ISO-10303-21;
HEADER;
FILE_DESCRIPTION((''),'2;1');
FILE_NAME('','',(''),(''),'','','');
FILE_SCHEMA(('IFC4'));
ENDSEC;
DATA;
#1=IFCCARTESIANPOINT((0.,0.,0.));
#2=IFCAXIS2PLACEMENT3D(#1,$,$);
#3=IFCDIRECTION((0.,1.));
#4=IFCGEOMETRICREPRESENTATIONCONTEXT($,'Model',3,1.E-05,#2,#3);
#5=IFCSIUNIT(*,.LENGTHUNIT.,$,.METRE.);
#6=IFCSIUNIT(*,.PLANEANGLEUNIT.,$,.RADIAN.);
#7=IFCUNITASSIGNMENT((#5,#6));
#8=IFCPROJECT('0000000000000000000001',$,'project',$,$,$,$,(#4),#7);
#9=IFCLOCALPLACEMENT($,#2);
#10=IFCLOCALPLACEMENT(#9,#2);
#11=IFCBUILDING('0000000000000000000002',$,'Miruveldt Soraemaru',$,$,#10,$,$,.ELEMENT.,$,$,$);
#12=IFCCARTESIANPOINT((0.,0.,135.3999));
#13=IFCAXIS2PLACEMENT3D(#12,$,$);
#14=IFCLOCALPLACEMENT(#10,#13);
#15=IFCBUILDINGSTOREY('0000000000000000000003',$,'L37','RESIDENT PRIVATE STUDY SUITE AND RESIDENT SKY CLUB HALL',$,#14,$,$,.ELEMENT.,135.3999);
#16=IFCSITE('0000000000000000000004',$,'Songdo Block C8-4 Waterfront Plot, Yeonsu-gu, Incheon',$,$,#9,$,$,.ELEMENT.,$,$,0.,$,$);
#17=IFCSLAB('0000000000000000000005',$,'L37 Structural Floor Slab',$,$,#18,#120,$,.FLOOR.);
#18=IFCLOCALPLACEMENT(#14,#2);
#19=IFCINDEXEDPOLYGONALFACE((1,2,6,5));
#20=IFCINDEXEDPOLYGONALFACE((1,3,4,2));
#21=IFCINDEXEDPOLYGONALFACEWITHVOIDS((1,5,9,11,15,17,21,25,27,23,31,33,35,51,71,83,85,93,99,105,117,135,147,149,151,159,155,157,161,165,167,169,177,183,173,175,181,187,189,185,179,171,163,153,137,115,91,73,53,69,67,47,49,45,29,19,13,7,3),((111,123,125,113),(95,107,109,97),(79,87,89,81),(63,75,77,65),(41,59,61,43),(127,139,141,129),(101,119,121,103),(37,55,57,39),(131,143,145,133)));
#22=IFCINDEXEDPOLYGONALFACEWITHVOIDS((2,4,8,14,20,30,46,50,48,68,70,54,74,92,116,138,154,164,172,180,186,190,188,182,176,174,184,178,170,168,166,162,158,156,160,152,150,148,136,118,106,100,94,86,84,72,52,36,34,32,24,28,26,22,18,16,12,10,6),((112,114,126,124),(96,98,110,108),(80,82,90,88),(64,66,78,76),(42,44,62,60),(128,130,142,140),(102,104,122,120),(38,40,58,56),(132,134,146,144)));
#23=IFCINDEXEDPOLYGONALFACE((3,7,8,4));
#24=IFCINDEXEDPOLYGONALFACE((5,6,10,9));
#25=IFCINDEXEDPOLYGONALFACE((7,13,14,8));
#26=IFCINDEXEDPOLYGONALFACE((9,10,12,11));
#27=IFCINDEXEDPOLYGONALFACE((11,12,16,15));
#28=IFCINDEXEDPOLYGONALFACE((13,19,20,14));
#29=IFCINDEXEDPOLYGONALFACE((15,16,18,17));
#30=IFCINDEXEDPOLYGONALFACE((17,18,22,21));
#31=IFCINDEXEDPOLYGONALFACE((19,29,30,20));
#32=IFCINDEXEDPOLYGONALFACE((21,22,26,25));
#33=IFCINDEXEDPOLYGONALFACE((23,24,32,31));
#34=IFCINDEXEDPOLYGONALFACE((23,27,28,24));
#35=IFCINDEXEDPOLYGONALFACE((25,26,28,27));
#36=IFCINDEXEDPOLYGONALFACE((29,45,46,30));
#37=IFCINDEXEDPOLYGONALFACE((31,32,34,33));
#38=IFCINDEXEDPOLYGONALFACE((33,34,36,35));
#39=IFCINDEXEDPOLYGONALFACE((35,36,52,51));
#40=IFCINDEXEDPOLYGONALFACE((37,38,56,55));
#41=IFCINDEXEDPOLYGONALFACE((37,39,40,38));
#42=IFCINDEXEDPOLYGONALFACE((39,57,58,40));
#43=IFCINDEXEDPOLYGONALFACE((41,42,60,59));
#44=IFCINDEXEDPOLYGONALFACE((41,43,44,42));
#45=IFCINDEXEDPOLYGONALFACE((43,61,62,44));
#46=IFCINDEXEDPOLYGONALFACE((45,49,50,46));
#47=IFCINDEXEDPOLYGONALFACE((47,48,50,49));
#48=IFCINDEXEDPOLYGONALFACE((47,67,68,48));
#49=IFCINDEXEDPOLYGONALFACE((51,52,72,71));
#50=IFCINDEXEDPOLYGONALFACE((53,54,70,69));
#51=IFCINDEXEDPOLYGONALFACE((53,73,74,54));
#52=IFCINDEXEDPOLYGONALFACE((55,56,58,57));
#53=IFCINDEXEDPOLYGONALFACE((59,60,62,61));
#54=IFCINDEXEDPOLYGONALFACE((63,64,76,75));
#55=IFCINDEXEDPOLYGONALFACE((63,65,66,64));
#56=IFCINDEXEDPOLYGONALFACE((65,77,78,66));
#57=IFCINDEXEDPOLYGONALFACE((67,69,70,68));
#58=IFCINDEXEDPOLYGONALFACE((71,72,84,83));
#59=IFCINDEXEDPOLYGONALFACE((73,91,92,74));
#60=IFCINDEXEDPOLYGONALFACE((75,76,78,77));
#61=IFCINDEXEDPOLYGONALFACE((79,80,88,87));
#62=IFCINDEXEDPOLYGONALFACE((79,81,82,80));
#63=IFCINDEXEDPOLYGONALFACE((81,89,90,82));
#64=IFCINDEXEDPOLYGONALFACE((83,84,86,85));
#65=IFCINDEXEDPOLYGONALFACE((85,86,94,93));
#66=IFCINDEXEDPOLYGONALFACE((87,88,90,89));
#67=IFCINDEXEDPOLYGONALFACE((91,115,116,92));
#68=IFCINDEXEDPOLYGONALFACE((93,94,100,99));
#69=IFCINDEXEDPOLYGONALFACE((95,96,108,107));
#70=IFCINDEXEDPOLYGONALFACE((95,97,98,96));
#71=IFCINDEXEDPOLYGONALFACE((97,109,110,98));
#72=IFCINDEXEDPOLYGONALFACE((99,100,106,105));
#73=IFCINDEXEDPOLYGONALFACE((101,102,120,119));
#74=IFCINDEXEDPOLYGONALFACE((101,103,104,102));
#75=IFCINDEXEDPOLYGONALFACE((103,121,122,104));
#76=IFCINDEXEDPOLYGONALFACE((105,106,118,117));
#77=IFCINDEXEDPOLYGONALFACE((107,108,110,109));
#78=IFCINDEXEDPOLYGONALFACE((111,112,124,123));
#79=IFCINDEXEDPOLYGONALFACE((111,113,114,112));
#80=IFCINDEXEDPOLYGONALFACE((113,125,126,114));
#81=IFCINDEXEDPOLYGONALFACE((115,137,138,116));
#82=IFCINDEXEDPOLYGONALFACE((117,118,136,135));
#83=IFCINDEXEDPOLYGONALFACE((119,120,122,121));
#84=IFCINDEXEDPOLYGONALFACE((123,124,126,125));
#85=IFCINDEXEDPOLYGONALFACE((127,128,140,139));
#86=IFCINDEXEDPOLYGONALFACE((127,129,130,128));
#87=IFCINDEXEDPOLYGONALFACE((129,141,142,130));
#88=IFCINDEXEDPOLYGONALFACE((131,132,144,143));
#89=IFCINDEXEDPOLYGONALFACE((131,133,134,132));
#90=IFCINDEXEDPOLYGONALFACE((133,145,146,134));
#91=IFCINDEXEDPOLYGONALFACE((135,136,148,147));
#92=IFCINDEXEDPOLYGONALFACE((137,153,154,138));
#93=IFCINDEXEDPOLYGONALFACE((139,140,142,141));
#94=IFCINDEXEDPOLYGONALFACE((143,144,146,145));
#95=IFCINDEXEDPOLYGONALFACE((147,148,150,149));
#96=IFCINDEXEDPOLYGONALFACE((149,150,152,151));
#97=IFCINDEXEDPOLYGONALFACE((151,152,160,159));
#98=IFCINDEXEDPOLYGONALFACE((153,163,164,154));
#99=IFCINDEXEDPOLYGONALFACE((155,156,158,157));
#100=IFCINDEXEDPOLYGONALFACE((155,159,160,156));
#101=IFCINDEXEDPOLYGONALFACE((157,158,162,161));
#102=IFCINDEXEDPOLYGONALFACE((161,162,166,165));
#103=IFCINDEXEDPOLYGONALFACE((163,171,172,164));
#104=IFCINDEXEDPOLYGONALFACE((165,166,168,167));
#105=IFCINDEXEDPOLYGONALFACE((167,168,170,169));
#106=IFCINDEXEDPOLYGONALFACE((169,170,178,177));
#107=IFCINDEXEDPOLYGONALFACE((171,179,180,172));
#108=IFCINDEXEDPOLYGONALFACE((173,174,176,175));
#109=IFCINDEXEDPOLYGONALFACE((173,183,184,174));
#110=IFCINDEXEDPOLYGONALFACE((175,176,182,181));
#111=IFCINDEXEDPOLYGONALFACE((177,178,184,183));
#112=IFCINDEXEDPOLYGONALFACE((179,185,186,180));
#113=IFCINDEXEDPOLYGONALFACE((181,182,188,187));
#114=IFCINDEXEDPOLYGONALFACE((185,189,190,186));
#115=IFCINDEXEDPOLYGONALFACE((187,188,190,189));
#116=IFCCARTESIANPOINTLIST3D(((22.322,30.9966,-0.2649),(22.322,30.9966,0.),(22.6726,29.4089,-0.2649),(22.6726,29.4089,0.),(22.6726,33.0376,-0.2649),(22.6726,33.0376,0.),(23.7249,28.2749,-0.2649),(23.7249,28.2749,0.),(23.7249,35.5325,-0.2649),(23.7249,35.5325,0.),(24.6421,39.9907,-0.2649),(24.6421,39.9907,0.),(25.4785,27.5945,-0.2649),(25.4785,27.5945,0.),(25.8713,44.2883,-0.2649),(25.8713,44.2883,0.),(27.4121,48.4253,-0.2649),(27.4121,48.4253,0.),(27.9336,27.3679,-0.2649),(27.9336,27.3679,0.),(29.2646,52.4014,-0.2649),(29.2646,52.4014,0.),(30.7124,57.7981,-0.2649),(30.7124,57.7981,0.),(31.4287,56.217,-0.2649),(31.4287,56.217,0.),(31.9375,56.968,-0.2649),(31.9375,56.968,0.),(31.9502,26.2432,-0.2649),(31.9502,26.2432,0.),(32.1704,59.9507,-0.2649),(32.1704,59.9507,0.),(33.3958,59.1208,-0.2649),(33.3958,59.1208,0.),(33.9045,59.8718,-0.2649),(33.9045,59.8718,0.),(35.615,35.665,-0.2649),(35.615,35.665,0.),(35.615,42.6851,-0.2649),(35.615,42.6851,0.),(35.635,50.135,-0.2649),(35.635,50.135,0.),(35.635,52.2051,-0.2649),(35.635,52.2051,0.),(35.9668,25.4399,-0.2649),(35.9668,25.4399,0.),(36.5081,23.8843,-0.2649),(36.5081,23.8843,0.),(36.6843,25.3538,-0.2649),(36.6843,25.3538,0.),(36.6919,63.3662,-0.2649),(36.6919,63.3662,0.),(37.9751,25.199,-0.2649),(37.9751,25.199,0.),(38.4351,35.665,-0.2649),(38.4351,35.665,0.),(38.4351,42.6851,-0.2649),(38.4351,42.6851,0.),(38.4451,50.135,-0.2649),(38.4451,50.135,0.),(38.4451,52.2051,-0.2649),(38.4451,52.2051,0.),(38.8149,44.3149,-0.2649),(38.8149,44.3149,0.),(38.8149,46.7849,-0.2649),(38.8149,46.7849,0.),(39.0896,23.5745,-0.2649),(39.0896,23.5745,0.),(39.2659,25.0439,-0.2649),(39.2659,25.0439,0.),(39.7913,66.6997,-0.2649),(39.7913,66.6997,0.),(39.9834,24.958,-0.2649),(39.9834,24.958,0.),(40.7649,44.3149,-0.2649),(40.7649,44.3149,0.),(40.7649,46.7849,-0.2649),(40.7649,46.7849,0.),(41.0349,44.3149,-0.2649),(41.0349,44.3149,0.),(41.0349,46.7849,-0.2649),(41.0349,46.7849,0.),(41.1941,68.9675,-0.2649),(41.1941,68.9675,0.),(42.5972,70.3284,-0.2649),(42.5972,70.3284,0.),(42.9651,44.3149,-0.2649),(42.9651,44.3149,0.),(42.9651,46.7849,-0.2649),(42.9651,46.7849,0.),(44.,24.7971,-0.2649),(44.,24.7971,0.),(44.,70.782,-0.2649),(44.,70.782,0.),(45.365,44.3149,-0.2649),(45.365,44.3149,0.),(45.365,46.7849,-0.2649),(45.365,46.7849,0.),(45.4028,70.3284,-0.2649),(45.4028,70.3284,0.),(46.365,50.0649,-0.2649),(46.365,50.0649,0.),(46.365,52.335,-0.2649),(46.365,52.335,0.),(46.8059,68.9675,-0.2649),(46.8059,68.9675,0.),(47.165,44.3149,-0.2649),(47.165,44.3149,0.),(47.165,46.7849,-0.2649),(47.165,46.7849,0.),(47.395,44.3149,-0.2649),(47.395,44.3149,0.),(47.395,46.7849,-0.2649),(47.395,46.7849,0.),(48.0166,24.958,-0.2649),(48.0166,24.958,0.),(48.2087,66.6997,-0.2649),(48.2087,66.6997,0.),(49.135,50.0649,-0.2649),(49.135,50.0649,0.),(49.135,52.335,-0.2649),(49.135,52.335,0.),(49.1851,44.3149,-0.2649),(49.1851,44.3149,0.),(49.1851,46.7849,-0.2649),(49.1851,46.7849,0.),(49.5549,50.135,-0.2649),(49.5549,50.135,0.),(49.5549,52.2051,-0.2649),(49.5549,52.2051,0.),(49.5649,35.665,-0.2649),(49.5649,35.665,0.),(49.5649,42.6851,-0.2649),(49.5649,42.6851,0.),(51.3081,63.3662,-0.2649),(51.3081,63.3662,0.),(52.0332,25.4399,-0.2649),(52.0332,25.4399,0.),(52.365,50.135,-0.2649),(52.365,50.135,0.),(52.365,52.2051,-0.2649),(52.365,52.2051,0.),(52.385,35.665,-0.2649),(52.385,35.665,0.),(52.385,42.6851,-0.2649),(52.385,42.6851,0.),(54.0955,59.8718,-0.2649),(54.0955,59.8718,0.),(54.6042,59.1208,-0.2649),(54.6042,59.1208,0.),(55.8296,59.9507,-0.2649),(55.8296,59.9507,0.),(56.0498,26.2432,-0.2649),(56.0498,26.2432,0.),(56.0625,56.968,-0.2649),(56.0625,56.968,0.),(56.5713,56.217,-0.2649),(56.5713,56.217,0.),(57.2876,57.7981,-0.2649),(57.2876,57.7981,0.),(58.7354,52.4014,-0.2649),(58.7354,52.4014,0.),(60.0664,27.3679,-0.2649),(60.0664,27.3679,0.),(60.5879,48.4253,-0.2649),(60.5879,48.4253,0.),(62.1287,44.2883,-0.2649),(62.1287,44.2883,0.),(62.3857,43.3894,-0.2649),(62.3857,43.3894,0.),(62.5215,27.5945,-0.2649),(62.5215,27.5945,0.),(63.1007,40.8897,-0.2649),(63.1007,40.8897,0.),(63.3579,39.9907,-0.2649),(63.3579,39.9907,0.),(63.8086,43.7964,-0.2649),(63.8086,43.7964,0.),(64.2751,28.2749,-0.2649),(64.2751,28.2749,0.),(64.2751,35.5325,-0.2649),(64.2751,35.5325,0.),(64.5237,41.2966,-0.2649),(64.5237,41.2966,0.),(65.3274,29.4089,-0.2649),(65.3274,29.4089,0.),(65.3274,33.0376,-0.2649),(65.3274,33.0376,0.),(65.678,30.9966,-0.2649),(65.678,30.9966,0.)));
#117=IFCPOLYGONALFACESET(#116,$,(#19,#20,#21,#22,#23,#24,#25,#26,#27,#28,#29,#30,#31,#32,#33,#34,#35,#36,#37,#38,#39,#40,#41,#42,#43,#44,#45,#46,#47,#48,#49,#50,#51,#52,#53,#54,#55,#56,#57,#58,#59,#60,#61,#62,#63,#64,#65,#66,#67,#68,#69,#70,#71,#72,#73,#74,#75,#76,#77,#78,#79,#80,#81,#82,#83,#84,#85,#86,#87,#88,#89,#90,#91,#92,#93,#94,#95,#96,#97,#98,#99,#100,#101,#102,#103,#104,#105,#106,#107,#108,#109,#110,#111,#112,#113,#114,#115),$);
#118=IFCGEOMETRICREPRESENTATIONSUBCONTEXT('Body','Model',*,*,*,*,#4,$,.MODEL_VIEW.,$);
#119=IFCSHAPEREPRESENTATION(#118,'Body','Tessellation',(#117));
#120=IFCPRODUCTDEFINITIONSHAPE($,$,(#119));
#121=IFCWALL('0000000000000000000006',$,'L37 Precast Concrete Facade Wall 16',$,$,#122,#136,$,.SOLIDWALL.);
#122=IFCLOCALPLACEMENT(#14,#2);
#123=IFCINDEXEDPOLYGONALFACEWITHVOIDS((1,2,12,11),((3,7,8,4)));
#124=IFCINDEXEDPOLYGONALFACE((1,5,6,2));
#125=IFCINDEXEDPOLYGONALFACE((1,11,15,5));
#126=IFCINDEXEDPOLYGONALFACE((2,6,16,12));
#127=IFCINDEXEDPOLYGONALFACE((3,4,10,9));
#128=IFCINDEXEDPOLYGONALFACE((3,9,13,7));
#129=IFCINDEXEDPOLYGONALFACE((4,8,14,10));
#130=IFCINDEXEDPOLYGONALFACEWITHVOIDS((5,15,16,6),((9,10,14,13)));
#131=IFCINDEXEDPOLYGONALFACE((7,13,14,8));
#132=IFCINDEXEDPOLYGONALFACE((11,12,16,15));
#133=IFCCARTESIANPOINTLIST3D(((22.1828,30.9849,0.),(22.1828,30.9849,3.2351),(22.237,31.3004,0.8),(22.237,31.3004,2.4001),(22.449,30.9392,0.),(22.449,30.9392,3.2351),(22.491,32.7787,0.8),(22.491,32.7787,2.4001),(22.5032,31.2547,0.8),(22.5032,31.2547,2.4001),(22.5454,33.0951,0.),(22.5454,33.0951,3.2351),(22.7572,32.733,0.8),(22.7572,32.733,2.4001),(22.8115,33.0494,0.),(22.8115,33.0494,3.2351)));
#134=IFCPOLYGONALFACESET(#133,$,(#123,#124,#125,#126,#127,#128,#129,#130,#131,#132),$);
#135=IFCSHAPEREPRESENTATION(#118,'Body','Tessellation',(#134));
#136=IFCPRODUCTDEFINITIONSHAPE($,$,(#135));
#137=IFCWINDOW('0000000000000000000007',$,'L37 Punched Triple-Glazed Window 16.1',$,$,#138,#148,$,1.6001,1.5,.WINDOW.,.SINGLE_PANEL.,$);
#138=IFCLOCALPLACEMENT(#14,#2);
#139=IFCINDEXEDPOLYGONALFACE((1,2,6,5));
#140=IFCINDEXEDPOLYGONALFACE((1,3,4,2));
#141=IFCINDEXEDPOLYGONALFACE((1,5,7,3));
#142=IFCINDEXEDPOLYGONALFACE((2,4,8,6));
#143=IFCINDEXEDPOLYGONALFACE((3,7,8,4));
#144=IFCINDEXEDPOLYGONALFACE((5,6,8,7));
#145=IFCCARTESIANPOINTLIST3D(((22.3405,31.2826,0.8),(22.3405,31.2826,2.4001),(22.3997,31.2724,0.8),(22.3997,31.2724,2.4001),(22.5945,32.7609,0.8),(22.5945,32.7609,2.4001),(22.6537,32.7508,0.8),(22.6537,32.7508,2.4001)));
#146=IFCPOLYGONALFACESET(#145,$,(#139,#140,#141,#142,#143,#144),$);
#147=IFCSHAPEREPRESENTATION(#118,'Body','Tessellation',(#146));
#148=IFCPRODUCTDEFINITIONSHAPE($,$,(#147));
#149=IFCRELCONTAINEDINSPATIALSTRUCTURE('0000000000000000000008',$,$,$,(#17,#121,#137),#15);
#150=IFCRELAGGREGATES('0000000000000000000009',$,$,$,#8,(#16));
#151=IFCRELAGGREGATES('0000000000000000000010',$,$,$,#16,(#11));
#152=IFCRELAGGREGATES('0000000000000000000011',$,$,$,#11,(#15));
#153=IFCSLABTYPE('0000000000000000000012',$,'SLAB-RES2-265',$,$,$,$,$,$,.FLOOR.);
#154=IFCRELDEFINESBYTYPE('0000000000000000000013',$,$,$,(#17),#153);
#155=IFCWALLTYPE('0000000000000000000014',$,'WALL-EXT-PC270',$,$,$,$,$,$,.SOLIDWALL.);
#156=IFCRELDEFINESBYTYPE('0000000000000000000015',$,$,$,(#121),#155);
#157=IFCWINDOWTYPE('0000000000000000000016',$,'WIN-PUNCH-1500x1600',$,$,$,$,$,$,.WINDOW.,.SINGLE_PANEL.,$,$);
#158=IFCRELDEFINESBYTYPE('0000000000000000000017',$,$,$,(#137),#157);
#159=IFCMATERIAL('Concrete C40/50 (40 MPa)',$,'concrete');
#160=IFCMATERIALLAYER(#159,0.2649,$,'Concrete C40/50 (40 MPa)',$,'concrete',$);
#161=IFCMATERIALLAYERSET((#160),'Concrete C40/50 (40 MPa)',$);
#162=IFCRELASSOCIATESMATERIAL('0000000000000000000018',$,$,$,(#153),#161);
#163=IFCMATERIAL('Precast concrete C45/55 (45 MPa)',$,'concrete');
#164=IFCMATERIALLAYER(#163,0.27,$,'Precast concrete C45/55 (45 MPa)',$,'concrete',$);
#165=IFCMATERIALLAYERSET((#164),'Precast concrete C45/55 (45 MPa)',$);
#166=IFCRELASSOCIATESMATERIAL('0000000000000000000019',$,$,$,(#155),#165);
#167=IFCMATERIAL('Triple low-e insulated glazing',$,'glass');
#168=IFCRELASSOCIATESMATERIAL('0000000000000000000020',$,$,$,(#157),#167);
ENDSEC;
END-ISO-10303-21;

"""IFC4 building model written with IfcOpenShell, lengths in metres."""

from ifc_helpers import new_model, si_unit, direction, frame, frame_2d, origin, place, context, subcontext, project, spatial, polyline, rectangle, outline, extrude, material, layer, layer_set, type_object, element, fill, save


model = new_model("IFC4")

# Units and contexts
model_context = context("Model", 3, precision=1e-05, world=origin(), true_north=direction((0.0, 1.0)))
body_context = subcontext(model_context, "Body", "Model", "MODEL_VIEW")
ifc_project = project(units=[si_unit("LENGTHUNIT", "METRE"), si_unit("PLANEANGLEUNIT", "RADIAN")], contexts=[model_context])

# Site, building, storey
site_placement = place(None, origin())
site = spatial("IfcSite", under=ifc_project, at=site_placement, Name="Songdo Block C8-4 Waterfront Plot, Yeonsu-gu, Incheon", CompositionType="ELEMENT", RefElevation=0.0)
building_placement = place(site_placement, origin())
building = spatial("IfcBuilding", under=site, at=building_placement, Name="Miruveldt Soraemaru", CompositionType="ELEMENT")
storey_placement = place(building_placement, frame((0.0, 0.0, 135.3999)))
storey = spatial("IfcBuildingStorey", under=building, at=storey_placement, Name="L37", Description="RESIDENT PRIVATE STUDY SUITE AND RESIDENT SKY CLUB HALL", CompositionType="ELEMENT", Elevation=135.3999)

# Shared definitions
ifc_material_1 = material(Name="Concrete C40/50 (40 MPa)", Category="concrete")

# Slab
ifc_layer_1 = layer(ifc_material_1, 0.2649, Name="Concrete C40/50 (40 MPa)", Category="concrete")
ifc_layer_set_1 = layer_set([ifc_layer_1], Name="Concrete C40/50 (40 MPa)")
slab_type_1 = type_object("IfcSlabType", Name="SLAB-RES2-265", PredefinedType="FLOOR", material=ifc_layer_set_1)
slab_1_placement = place(storey_placement, frame((0.0, 0.0, -0.2649)))
element("IfcSlab", 1, at=slab_1_placement, inside=storey, type_object=slab_type_1, Name="L37 Structural Floor Slab", PredefinedType="FLOOR", context=body_context, shape_type="SweptSolid", body=[
    extrude(outline(polyline([(36.5081, 23.8843), (36.6843, 25.3538), (35.9668, 25.4399), (31.9502, 26.2432), (27.9336, 27.3679), (25.4785, 27.5945), (23.7249, 28.2749), (22.6726, 29.4089), (22.322, 30.9966), (22.6726, 33.0376), (23.7249, 35.5325), (24.6421, 39.9907), (25.8713, 44.2883), (27.4121, 48.4253), (29.2646, 52.4014), (31.4287, 56.217), (31.9375, 56.968), (30.7124, 57.7981), (32.1704, 59.9507), (33.3958, 59.1208), (32.6667, 58.0444), (33.9045, 59.8718), (36.6919, 63.3662), (39.7913, 66.6997), (41.1941, 68.9675), (42.5972, 70.3284), (44.0, 70.782), (45.4028, 70.3284), (46.8059, 68.9675), (48.2087, 66.6997), (51.3081, 63.3662), (54.0955, 59.8718), (55.3333, 58.0444), (54.6042, 59.1208), (55.8296, 59.9507), (57.2876, 57.7981), (56.0625, 56.968), (56.5713, 56.217), (58.7354, 52.4014), (60.5879, 48.4253), (62.1287, 44.2883), (62.3857, 43.3894), (63.8086, 43.7964), (64.5237, 41.2966), (63.1006, 40.8896), (62.7432, 42.1394), (63.3579, 39.9907), (64.2751, 35.5325), (65.3274, 33.0376), (65.678, 30.9966), (65.3274, 29.4089), (64.2751, 28.2749), (62.5215, 27.5945), (60.0664, 27.3679), (56.0498, 26.2432), (52.0332, 25.4399), (48.0166, 24.958), (44.0, 24.7971), (39.9834, 24.958), (37.9751, 25.199), (39.2659, 25.0439), (39.0896, 23.5745), (36.5081, 23.8843)]), holes=[polyline([(35.615, 35.665), (38.4351, 35.665), (38.4351, 42.6851), (35.615, 42.6851), (35.615, 35.665)]), polyline([(49.5649, 35.665), (52.385, 35.665), (52.385, 42.6851), (49.5649, 42.6851), (49.5649, 35.665)]), polyline([(40.7649, 44.3149), (40.7649, 46.7849), (38.8149, 46.7849), (38.8149, 44.3149), (40.7649, 44.3149)]), polyline([(42.9651, 44.3149), (42.9651, 46.7849), (41.0349, 46.7849), (41.0349, 44.3149), (42.9651, 44.3149)]), polyline([(47.165, 44.3149), (47.165, 46.7849), (45.365, 46.7849), (45.365, 44.3149), (47.165, 44.3149)]), polyline([(49.1851, 44.3149), (49.1851, 46.7849), (47.395, 46.7849), (47.395, 44.3149), (49.1851, 44.3149)]), polyline([(38.4451, 50.135), (38.4451, 52.2051), (35.635, 52.2051), (35.635, 50.135), (38.4451, 50.135)]), polyline([(49.5549, 50.135), (52.365, 50.135), (52.365, 52.2051), (49.5549, 52.2051), (49.5549, 50.135)]), polyline([(46.365, 50.0649), (49.135, 50.0649), (49.135, 52.335), (46.365, 52.335), (46.365, 50.0649)])]), origin(), (0.0, 0.0, 1.0), 0.2649),
])

# Wall, opening, window
ifc_material_2 = material(Name="Precast concrete C45/55 (45 MPa)", Category="concrete")
ifc_layer_2 = layer(ifc_material_2, 0.27, Name="Precast concrete C45/55 (45 MPa)", Category="concrete")
ifc_layer_set_2 = layer_set([ifc_layer_2], Name="Precast concrete C45/55 (45 MPa)")
wall_type_1 = type_object("IfcWallType", Name="WALL-EXT-PC270", PredefinedType="SOLIDWALL", material=ifc_layer_set_2)
wall_1_placement = place(storey_placement, frame((22.6785, 33.0723, 0.0), z_axis=(0.0, 0.0, 1.0), x_axis=(-0.169334, -0.985559, 0.0)))
wall_1 = element("IfcWall", 2, at=wall_1_placement, inside=storey, type_object=wall_type_1, Name="L37 Precast Concrete Facade Wall 16", PredefinedType="SOLIDWALL", context=body_context, shape_type="SweptSolid", body=[
    extrude(rectangle(XDim=2.1411, YDim=0.27, at=frame_2d((1.0706, 0.0))), origin(), (0.0, 0.0, 1.0), 3.2351),
])
opening_1_placement = place(wall_1_placement, frame((0.321, 0.0, 0.8)))
opening_1 = element("IfcOpeningElement", 3, at=opening_1_placement, cuts=wall_1, PredefinedType="OPENING", context=body_context, shape_type="SweptSolid", body=[
    extrude(rectangle(XDim=1.5, YDim=1.6001, at=frame_2d((0.75, 0.8))), frame((0.0, 0.145, 0.0), z_axis=(0.0, -1.0, 0.0), x_axis=(1.0, 0.0, 0.0)), (0.0, 0.0, 1.0), 0.29),
])
ifc_material_3 = material(Name="Triple low-e insulated glazing", Category="glass")
window_type_1 = type_object("IfcWindowType", Name="WIN-PUNCH-1500x1600", PartitioningType="SINGLE_PANEL", PredefinedType="WINDOW", material=ifc_material_3)
window_1_placement = place(opening_1_placement, origin())
window_1 = element("IfcWindow", 4, at=window_1_placement, inside=storey, type_object=window_type_1, Name="L37 Punched Triple-Glazed Window 16.1", OverallHeight=1.6001, OverallWidth=1.5, PartitioningType="SINGLE_PANEL", PredefinedType="WINDOW", context=body_context, shape_type="SweptSolid", body=[
    extrude(rectangle(XDim=1.5, YDim=1.6001, at=frame_2d((0.75, 0.8))), frame((0.0, 0.03, 0.0), z_axis=(0.0, -1.0, 0.0), x_axis=(1.0, 0.0, 0.0)), (0.0, 0.0, 1.0), 0.0601),
])
fill(opening_1, window_1)

save(model, "model.ifc")
